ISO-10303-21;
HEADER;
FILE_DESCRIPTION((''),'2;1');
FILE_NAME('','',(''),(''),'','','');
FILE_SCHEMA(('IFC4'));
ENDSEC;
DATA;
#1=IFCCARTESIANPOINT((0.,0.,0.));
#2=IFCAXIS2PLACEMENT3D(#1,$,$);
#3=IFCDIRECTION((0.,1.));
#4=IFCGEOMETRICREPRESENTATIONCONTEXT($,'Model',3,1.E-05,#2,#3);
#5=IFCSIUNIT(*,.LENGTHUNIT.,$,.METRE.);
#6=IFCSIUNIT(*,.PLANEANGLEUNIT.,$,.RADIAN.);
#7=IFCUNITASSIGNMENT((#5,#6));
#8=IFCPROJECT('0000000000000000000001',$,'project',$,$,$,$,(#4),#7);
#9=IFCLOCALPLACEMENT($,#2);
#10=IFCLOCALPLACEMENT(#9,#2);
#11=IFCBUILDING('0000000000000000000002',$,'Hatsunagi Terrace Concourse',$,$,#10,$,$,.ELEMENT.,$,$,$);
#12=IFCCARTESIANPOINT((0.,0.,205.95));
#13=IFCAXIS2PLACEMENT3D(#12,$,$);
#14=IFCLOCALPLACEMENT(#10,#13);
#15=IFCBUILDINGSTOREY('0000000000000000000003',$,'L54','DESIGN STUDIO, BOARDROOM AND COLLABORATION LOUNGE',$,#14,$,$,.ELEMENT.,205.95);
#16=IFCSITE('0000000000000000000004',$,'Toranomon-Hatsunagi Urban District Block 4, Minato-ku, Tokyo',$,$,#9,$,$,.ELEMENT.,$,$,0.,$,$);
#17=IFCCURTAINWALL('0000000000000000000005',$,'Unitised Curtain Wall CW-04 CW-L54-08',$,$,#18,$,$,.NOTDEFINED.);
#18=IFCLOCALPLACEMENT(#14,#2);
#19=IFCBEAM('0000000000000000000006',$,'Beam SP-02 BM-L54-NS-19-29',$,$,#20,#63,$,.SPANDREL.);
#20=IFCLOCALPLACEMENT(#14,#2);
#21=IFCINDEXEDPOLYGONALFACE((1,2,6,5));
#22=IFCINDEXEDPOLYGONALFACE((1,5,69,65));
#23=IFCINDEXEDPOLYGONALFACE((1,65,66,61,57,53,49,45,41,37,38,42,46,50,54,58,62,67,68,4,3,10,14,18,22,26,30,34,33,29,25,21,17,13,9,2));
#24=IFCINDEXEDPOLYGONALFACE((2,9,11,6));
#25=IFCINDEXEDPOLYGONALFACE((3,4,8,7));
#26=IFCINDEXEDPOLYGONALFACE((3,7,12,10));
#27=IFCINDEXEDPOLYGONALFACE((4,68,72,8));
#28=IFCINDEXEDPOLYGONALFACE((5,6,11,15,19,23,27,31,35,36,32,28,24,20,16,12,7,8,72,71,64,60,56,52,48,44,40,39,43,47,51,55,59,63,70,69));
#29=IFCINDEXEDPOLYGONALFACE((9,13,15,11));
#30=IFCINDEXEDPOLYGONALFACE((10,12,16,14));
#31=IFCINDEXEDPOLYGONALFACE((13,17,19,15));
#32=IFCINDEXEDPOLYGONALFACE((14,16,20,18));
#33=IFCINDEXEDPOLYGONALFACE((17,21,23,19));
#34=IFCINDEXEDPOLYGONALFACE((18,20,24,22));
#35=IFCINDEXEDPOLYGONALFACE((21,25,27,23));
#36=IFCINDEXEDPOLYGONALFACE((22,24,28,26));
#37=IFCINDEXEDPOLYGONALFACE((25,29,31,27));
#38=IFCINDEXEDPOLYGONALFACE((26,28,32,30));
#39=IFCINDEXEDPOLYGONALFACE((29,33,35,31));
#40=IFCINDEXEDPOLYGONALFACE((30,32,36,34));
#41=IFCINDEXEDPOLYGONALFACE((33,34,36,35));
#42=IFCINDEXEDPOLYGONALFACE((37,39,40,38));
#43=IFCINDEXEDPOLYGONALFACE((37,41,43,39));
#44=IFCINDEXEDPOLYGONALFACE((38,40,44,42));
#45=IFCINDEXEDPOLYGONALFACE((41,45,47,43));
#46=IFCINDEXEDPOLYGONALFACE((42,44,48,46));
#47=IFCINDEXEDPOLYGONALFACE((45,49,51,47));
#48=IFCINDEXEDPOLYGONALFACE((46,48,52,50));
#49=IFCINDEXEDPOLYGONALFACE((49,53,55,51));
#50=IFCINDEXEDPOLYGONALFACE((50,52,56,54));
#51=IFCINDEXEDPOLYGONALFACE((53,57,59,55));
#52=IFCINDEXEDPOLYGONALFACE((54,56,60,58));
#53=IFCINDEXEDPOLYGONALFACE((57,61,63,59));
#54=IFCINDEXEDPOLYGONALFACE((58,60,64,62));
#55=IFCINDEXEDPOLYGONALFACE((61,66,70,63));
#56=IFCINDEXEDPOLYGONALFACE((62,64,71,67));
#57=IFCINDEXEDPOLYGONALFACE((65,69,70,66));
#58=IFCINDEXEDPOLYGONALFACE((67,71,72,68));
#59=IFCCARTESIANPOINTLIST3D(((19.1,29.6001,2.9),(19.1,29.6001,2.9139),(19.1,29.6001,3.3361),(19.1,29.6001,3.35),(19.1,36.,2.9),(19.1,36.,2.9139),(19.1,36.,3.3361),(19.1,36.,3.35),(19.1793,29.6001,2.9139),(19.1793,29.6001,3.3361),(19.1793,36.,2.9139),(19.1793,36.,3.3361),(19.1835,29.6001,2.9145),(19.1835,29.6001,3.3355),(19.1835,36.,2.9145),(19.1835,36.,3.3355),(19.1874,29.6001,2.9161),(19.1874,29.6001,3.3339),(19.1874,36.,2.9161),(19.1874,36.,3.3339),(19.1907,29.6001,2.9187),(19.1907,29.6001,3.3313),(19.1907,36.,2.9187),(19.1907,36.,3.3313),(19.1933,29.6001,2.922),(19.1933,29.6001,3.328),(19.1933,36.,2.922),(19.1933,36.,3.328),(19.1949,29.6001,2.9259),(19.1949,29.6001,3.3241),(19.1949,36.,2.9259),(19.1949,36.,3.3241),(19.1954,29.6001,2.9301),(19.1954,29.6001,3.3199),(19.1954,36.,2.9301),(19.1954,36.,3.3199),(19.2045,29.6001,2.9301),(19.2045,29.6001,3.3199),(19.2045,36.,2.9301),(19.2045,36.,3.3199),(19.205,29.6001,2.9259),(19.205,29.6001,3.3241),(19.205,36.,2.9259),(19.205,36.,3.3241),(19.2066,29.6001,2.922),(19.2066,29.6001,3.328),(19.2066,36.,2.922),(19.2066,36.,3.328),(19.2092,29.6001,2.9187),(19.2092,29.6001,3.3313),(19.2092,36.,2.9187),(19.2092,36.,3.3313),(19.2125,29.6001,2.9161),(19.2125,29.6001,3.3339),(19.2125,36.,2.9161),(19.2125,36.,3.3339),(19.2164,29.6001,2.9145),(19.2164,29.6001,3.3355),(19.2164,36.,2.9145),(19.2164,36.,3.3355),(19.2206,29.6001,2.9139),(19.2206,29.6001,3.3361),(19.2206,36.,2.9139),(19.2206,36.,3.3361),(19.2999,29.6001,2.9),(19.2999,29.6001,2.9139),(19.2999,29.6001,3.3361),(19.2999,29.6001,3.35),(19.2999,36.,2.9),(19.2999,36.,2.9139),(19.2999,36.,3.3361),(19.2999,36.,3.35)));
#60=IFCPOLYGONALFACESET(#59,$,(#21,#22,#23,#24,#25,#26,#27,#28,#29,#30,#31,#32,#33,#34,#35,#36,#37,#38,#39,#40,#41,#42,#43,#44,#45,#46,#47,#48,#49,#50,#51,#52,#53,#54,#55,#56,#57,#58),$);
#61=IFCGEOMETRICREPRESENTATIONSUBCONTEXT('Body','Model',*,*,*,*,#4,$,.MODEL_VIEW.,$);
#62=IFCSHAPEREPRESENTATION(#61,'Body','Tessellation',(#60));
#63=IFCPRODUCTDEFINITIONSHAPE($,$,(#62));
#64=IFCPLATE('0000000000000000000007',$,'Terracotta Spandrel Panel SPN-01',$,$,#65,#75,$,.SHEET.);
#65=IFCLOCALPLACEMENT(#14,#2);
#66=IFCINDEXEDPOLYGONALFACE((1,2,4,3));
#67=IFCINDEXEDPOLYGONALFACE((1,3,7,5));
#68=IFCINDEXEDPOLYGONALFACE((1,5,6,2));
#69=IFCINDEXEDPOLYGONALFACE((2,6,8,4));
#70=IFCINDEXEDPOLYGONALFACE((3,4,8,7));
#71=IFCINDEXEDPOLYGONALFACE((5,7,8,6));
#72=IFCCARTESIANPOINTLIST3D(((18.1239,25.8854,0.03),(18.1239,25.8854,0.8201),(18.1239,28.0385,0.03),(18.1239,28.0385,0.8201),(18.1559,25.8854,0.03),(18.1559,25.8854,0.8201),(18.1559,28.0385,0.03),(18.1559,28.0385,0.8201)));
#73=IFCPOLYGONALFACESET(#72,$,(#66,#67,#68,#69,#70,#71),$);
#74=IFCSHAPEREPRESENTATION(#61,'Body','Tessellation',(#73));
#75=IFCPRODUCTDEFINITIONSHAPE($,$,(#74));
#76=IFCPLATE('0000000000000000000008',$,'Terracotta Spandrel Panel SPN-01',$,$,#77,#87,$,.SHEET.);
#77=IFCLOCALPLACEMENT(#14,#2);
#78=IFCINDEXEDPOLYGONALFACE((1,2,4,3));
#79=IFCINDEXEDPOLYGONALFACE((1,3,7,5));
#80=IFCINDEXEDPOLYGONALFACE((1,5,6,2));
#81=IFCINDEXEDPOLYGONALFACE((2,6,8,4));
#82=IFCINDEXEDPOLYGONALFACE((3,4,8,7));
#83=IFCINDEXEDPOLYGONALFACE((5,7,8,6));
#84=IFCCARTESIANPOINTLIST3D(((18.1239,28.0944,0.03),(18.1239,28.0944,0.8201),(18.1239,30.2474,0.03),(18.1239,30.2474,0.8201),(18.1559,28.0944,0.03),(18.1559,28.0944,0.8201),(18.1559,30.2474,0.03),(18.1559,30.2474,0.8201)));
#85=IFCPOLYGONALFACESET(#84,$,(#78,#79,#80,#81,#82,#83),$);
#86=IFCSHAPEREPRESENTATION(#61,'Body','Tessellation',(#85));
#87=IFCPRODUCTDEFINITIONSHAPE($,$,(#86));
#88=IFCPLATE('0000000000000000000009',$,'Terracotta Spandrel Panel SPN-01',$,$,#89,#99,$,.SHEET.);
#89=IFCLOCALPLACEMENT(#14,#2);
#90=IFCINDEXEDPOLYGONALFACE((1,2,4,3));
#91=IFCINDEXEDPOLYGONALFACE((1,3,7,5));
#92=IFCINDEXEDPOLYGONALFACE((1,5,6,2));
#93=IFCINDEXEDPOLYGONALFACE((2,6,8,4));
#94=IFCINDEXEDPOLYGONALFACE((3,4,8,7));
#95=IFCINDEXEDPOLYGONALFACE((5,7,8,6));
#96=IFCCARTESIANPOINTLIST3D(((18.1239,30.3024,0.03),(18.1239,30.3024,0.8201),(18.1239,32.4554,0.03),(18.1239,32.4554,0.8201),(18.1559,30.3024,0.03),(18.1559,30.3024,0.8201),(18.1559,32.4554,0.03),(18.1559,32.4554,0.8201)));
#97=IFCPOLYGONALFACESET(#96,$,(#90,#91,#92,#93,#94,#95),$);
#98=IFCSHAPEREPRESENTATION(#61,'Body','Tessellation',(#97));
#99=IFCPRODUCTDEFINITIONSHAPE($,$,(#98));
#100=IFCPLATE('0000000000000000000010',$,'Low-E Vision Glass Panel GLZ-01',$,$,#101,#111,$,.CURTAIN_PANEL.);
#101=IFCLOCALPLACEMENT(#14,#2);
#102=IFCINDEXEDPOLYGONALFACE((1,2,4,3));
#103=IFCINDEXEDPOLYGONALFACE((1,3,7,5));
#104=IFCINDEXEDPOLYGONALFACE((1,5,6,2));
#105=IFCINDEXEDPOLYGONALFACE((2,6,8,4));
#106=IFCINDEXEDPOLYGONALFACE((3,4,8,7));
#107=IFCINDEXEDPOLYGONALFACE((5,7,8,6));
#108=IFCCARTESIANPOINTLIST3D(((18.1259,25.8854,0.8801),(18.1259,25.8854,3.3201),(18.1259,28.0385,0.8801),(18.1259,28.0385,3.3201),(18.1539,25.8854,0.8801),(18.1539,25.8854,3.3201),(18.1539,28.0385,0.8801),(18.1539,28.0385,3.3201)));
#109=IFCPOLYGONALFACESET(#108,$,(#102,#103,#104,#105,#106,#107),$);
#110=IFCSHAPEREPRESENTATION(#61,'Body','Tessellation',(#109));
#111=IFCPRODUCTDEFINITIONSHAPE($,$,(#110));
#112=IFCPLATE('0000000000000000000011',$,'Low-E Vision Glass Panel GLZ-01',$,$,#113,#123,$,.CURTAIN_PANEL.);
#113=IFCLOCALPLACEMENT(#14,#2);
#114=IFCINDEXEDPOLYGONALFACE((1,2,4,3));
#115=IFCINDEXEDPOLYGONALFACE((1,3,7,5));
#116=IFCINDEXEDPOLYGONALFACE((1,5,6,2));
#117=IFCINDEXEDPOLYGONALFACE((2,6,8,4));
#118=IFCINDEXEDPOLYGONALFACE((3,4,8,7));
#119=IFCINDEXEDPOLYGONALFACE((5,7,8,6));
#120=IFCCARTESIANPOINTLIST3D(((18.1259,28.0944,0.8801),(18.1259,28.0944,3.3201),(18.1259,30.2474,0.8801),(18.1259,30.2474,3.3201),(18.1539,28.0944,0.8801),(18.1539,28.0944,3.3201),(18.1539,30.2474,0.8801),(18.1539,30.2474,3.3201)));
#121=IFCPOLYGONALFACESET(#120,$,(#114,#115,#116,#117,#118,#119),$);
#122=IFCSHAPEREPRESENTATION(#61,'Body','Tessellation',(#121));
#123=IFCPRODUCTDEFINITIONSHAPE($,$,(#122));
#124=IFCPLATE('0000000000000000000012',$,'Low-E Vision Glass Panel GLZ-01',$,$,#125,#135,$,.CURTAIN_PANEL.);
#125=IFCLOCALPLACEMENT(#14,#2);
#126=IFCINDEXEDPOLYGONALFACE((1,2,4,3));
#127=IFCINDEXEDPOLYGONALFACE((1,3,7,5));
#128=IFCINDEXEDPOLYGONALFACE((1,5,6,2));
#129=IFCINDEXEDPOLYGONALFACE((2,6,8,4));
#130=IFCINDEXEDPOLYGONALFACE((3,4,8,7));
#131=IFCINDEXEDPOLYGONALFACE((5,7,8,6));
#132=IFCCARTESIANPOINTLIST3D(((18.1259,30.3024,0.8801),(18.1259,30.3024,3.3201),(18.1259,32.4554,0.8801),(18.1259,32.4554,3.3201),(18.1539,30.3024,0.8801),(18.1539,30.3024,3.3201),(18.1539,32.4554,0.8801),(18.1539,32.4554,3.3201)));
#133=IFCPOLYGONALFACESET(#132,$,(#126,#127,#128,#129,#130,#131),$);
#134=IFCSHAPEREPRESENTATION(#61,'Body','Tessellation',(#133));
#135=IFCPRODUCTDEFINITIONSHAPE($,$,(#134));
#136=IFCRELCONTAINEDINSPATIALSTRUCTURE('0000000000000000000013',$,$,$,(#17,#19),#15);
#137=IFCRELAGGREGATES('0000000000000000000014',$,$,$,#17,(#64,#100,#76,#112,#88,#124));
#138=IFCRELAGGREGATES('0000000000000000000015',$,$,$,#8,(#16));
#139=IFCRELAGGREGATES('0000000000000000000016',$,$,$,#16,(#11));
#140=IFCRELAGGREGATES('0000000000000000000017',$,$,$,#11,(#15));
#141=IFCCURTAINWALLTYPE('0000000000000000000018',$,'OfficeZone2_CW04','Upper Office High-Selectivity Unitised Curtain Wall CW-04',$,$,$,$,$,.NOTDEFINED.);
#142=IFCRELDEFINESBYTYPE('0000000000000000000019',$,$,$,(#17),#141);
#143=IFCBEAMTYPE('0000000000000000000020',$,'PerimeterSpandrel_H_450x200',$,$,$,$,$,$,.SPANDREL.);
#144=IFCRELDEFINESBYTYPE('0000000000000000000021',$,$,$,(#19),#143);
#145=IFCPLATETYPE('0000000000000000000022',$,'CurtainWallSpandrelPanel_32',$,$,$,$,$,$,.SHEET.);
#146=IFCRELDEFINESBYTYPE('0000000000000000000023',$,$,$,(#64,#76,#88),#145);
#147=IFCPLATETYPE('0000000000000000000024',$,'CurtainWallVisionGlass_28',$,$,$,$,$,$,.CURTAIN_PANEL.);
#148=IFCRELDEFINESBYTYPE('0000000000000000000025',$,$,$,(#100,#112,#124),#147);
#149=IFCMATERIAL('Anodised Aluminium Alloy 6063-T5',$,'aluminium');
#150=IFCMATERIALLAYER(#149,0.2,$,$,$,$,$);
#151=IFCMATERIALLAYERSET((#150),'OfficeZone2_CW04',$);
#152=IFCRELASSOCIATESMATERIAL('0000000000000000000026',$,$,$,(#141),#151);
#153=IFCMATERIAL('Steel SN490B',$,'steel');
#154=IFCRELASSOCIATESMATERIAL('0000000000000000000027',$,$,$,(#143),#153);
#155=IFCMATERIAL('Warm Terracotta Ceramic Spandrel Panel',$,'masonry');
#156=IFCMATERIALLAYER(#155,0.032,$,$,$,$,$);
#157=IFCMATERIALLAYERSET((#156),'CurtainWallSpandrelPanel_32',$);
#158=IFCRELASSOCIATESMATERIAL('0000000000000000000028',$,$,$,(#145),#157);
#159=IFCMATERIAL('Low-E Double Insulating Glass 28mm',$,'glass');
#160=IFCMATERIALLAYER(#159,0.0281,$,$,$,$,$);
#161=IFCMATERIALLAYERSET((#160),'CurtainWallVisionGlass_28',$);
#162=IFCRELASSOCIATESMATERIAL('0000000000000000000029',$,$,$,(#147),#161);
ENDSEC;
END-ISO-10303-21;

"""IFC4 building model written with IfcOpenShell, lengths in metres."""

from ifc_helpers import new_model, si_unit, direction, frame, origin, origin_2d, place, context, subcontext, project, spatial, rectangle, i_section, extrude, material, layer, layer_set, material_profile, profile_set, type_object, element, aggregate, save


model = new_model("IFC4")

# Units and contexts
model_context = context("Model", 3, precision=1e-05, world=origin(), true_north=direction((0.0, 1.0)))
body_context = subcontext(model_context, "Body", "Model", "MODEL_VIEW")
ifc_project = project(units=[si_unit("LENGTHUNIT", "METRE"), si_unit("PLANEANGLEUNIT", "RADIAN")], contexts=[model_context])

# Site, building, storey
site_placement = place(None, origin())
site = spatial("IfcSite", under=ifc_project, at=site_placement, Name="Toranomon-Hatsunagi Urban District Block 4, Minato-ku, Tokyo", CompositionType="ELEMENT", RefElevation=0.0)
building_placement = place(site_placement, origin())
building = spatial("IfcBuilding", under=site, at=building_placement, Name="Hatsunagi Terrace Concourse", CompositionType="ELEMENT")
storey_placement = place(building_placement, frame((0.0, 0.0, 205.95)))
storey = spatial("IfcBuildingStorey", under=building, at=storey_placement, Name="L54", Description="DESIGN STUDIO, BOARDROOM AND COLLABORATION LOUNGE", CompositionType="ELEMENT", Elevation=205.95)

# Curtain wall
ifc_material_1 = material(Name="Anodised Aluminium Alloy 6063-T5", Category="aluminium")
ifc_layer_1 = layer(ifc_material_1, 0.2)
ifc_layer_set_1 = layer_set([ifc_layer_1], Name="OfficeZone2_CW04")
curtain_wall_type = type_object("IfcCurtainWallType", Name="OfficeZone2_CW04", Description="Upper Office High-Selectivity Unitised Curtain Wall CW-04", PredefinedType="NOTDEFINED", material=ifc_layer_set_1)
curtain_wall_placement = place(storey_placement, origin())
curtain_wall = element("IfcCurtainWall", 1, at=curtain_wall_placement, inside=storey, type_object=curtain_wall_type, Name="Unitised Curtain Wall CW-04 CW-L54-08", PredefinedType="NOTDEFINED")

# Beam
ifc_material_2 = material(Name="Steel SN490B", Category="steel")
ifc_material_profile_1 = material_profile(ifc_material_2, i_section(OverallWidth=0.2, OverallDepth=0.45, WebThickness=0.009, FlangeThickness=0.0139, FilletRadius=0.0161, at=origin_2d()), Name="H-450x200x9x14")
ifc_profile_set_1 = profile_set([ifc_material_profile_1], Name="Steel SN490B")
beam_type_1 = type_object("IfcBeamType", Name="PerimeterSpandrel_H_450x200", PredefinedType="SPANDREL", material=ifc_profile_set_1)
beam_1_placement = place(storey_placement, frame((19.2, 29.6001, 3.125), z_axis=(0.0, 1.0, 0.0), x_axis=(-1.0, 0.0, 0.0)))
element("IfcBeam", 2, at=beam_1_placement, inside=storey, type_object=beam_type_1, Name="Beam SP-02 BM-L54-NS-19-29", PredefinedType="SPANDREL", context=body_context, shape_type="SweptSolid", body=[
    extrude(i_section(OverallWidth=0.2, OverallDepth=0.45, WebThickness=0.009, FlangeThickness=0.0139, FilletRadius=0.0161, at=origin_2d()), origin(), (0.0, 0.0, 1.0), 6.3999),
])

# Plates
ifc_material_3 = material(Name="Warm Terracotta Ceramic Spandrel Panel", Category="masonry")
ifc_layer_2 = layer(ifc_material_3, 0.032)
ifc_layer_set_2 = layer_set([ifc_layer_2], Name="CurtainWallSpandrelPanel_32")
plate_type_1 = type_object("IfcPlateType", Name="CurtainWallSpandrelPanel_32", PredefinedType="SHEET", material=ifc_layer_set_2)
plate_1_placement = place(storey_placement, frame((18.1399, 26.9619, 0.03), z_axis=(0.0, 0.0, 1.0), x_axis=(0.0, 1.0, 0.0)))
plate_1 = element("IfcPlate", 3, at=plate_1_placement, type_object=plate_type_1, Name="Terracotta Spandrel Panel SPN-01", PredefinedType="SHEET", context=body_context, shape_type="SweptSolid", body=[
    extrude(rectangle(XDim=2.1531, YDim=0.032, at=origin_2d()), origin(), (0.0, 0.0, 1.0), 0.79),
])
plate_2_placement = place(storey_placement, frame((18.1399, 29.1709, 0.03), z_axis=(0.0, 0.0, 1.0), x_axis=(0.0, 1.0, 0.0)))
plate_2 = element("IfcPlate", 4, at=plate_2_placement, type_object=plate_type_1, Name="Terracotta Spandrel Panel SPN-01", PredefinedType="SHEET", context=body_context, shape_type="SweptSolid", body=[
    extrude(rectangle(XDim=2.1531, YDim=0.032, at=origin_2d()), origin(), (0.0, 0.0, 1.0), 0.79),
])
plate_3_placement = place(storey_placement, frame((18.1399, 31.3789, 0.03), z_axis=(0.0, 0.0, 1.0), x_axis=(0.0, 1.0, 0.0)))
plate_3 = element("IfcPlate", 5, at=plate_3_placement, type_object=plate_type_1, Name="Terracotta Spandrel Panel SPN-01", PredefinedType="SHEET", context=body_context, shape_type="SweptSolid", body=[
    extrude(rectangle(XDim=2.1531, YDim=0.032, at=origin_2d()), origin(), (0.0, 0.0, 1.0), 0.79),
])
ifc_material_4 = material(Name="Low-E Double Insulating Glass 28mm", Category="glass")
ifc_layer_3 = layer(ifc_material_4, 0.0281)
ifc_layer_set_3 = layer_set([ifc_layer_3], Name="CurtainWallVisionGlass_28")
plate_type_2 = type_object("IfcPlateType", Name="CurtainWallVisionGlass_28", PredefinedType="CURTAIN_PANEL", material=ifc_layer_set_3)
plate_4_placement = place(storey_placement, frame((18.1399, 26.9619, 0.8801), z_axis=(0.0, 0.0, 1.0), x_axis=(0.0, 1.0, 0.0)))
plate_4 = element("IfcPlate", 6, at=plate_4_placement, type_object=plate_type_2, Name="Low-E Vision Glass Panel GLZ-01", PredefinedType="CURTAIN_PANEL", context=body_context, shape_type="SweptSolid", body=[
    extrude(rectangle(XDim=2.1531, YDim=0.0281, at=origin_2d()), origin(), (0.0, 0.0, 1.0), 2.4399),
])
plate_5_placement = place(storey_placement, frame((18.1399, 29.1709, 0.8801), z_axis=(0.0, 0.0, 1.0), x_axis=(0.0, 1.0, 0.0)))
plate_5 = element("IfcPlate", 7, at=plate_5_placement, type_object=plate_type_2, Name="Low-E Vision Glass Panel GLZ-01", PredefinedType="CURTAIN_PANEL", context=body_context, shape_type="SweptSolid", body=[
    extrude(rectangle(XDim=2.1531, YDim=0.0281, at=origin_2d()), origin(), (0.0, 0.0, 1.0), 2.4399),
])
plate_6_placement = place(storey_placement, frame((18.1399, 31.3789, 0.8801), z_axis=(0.0, 0.0, 1.0), x_axis=(0.0, 1.0, 0.0)))
plate_6 = element("IfcPlate", 8, at=plate_6_placement, type_object=plate_type_2, Name="Low-E Vision Glass Panel GLZ-01", PredefinedType="CURTAIN_PANEL", context=body_context, shape_type="SweptSolid", body=[
    extrude(rectangle(XDim=2.1531, YDim=0.0281, at=origin_2d()), origin(), (0.0, 0.0, 1.0), 2.4399),
])
aggregate(curtain_wall, [plate_1, plate_4, plate_2, plate_5, plate_3, plate_6])

save(model, "model.ifc")
